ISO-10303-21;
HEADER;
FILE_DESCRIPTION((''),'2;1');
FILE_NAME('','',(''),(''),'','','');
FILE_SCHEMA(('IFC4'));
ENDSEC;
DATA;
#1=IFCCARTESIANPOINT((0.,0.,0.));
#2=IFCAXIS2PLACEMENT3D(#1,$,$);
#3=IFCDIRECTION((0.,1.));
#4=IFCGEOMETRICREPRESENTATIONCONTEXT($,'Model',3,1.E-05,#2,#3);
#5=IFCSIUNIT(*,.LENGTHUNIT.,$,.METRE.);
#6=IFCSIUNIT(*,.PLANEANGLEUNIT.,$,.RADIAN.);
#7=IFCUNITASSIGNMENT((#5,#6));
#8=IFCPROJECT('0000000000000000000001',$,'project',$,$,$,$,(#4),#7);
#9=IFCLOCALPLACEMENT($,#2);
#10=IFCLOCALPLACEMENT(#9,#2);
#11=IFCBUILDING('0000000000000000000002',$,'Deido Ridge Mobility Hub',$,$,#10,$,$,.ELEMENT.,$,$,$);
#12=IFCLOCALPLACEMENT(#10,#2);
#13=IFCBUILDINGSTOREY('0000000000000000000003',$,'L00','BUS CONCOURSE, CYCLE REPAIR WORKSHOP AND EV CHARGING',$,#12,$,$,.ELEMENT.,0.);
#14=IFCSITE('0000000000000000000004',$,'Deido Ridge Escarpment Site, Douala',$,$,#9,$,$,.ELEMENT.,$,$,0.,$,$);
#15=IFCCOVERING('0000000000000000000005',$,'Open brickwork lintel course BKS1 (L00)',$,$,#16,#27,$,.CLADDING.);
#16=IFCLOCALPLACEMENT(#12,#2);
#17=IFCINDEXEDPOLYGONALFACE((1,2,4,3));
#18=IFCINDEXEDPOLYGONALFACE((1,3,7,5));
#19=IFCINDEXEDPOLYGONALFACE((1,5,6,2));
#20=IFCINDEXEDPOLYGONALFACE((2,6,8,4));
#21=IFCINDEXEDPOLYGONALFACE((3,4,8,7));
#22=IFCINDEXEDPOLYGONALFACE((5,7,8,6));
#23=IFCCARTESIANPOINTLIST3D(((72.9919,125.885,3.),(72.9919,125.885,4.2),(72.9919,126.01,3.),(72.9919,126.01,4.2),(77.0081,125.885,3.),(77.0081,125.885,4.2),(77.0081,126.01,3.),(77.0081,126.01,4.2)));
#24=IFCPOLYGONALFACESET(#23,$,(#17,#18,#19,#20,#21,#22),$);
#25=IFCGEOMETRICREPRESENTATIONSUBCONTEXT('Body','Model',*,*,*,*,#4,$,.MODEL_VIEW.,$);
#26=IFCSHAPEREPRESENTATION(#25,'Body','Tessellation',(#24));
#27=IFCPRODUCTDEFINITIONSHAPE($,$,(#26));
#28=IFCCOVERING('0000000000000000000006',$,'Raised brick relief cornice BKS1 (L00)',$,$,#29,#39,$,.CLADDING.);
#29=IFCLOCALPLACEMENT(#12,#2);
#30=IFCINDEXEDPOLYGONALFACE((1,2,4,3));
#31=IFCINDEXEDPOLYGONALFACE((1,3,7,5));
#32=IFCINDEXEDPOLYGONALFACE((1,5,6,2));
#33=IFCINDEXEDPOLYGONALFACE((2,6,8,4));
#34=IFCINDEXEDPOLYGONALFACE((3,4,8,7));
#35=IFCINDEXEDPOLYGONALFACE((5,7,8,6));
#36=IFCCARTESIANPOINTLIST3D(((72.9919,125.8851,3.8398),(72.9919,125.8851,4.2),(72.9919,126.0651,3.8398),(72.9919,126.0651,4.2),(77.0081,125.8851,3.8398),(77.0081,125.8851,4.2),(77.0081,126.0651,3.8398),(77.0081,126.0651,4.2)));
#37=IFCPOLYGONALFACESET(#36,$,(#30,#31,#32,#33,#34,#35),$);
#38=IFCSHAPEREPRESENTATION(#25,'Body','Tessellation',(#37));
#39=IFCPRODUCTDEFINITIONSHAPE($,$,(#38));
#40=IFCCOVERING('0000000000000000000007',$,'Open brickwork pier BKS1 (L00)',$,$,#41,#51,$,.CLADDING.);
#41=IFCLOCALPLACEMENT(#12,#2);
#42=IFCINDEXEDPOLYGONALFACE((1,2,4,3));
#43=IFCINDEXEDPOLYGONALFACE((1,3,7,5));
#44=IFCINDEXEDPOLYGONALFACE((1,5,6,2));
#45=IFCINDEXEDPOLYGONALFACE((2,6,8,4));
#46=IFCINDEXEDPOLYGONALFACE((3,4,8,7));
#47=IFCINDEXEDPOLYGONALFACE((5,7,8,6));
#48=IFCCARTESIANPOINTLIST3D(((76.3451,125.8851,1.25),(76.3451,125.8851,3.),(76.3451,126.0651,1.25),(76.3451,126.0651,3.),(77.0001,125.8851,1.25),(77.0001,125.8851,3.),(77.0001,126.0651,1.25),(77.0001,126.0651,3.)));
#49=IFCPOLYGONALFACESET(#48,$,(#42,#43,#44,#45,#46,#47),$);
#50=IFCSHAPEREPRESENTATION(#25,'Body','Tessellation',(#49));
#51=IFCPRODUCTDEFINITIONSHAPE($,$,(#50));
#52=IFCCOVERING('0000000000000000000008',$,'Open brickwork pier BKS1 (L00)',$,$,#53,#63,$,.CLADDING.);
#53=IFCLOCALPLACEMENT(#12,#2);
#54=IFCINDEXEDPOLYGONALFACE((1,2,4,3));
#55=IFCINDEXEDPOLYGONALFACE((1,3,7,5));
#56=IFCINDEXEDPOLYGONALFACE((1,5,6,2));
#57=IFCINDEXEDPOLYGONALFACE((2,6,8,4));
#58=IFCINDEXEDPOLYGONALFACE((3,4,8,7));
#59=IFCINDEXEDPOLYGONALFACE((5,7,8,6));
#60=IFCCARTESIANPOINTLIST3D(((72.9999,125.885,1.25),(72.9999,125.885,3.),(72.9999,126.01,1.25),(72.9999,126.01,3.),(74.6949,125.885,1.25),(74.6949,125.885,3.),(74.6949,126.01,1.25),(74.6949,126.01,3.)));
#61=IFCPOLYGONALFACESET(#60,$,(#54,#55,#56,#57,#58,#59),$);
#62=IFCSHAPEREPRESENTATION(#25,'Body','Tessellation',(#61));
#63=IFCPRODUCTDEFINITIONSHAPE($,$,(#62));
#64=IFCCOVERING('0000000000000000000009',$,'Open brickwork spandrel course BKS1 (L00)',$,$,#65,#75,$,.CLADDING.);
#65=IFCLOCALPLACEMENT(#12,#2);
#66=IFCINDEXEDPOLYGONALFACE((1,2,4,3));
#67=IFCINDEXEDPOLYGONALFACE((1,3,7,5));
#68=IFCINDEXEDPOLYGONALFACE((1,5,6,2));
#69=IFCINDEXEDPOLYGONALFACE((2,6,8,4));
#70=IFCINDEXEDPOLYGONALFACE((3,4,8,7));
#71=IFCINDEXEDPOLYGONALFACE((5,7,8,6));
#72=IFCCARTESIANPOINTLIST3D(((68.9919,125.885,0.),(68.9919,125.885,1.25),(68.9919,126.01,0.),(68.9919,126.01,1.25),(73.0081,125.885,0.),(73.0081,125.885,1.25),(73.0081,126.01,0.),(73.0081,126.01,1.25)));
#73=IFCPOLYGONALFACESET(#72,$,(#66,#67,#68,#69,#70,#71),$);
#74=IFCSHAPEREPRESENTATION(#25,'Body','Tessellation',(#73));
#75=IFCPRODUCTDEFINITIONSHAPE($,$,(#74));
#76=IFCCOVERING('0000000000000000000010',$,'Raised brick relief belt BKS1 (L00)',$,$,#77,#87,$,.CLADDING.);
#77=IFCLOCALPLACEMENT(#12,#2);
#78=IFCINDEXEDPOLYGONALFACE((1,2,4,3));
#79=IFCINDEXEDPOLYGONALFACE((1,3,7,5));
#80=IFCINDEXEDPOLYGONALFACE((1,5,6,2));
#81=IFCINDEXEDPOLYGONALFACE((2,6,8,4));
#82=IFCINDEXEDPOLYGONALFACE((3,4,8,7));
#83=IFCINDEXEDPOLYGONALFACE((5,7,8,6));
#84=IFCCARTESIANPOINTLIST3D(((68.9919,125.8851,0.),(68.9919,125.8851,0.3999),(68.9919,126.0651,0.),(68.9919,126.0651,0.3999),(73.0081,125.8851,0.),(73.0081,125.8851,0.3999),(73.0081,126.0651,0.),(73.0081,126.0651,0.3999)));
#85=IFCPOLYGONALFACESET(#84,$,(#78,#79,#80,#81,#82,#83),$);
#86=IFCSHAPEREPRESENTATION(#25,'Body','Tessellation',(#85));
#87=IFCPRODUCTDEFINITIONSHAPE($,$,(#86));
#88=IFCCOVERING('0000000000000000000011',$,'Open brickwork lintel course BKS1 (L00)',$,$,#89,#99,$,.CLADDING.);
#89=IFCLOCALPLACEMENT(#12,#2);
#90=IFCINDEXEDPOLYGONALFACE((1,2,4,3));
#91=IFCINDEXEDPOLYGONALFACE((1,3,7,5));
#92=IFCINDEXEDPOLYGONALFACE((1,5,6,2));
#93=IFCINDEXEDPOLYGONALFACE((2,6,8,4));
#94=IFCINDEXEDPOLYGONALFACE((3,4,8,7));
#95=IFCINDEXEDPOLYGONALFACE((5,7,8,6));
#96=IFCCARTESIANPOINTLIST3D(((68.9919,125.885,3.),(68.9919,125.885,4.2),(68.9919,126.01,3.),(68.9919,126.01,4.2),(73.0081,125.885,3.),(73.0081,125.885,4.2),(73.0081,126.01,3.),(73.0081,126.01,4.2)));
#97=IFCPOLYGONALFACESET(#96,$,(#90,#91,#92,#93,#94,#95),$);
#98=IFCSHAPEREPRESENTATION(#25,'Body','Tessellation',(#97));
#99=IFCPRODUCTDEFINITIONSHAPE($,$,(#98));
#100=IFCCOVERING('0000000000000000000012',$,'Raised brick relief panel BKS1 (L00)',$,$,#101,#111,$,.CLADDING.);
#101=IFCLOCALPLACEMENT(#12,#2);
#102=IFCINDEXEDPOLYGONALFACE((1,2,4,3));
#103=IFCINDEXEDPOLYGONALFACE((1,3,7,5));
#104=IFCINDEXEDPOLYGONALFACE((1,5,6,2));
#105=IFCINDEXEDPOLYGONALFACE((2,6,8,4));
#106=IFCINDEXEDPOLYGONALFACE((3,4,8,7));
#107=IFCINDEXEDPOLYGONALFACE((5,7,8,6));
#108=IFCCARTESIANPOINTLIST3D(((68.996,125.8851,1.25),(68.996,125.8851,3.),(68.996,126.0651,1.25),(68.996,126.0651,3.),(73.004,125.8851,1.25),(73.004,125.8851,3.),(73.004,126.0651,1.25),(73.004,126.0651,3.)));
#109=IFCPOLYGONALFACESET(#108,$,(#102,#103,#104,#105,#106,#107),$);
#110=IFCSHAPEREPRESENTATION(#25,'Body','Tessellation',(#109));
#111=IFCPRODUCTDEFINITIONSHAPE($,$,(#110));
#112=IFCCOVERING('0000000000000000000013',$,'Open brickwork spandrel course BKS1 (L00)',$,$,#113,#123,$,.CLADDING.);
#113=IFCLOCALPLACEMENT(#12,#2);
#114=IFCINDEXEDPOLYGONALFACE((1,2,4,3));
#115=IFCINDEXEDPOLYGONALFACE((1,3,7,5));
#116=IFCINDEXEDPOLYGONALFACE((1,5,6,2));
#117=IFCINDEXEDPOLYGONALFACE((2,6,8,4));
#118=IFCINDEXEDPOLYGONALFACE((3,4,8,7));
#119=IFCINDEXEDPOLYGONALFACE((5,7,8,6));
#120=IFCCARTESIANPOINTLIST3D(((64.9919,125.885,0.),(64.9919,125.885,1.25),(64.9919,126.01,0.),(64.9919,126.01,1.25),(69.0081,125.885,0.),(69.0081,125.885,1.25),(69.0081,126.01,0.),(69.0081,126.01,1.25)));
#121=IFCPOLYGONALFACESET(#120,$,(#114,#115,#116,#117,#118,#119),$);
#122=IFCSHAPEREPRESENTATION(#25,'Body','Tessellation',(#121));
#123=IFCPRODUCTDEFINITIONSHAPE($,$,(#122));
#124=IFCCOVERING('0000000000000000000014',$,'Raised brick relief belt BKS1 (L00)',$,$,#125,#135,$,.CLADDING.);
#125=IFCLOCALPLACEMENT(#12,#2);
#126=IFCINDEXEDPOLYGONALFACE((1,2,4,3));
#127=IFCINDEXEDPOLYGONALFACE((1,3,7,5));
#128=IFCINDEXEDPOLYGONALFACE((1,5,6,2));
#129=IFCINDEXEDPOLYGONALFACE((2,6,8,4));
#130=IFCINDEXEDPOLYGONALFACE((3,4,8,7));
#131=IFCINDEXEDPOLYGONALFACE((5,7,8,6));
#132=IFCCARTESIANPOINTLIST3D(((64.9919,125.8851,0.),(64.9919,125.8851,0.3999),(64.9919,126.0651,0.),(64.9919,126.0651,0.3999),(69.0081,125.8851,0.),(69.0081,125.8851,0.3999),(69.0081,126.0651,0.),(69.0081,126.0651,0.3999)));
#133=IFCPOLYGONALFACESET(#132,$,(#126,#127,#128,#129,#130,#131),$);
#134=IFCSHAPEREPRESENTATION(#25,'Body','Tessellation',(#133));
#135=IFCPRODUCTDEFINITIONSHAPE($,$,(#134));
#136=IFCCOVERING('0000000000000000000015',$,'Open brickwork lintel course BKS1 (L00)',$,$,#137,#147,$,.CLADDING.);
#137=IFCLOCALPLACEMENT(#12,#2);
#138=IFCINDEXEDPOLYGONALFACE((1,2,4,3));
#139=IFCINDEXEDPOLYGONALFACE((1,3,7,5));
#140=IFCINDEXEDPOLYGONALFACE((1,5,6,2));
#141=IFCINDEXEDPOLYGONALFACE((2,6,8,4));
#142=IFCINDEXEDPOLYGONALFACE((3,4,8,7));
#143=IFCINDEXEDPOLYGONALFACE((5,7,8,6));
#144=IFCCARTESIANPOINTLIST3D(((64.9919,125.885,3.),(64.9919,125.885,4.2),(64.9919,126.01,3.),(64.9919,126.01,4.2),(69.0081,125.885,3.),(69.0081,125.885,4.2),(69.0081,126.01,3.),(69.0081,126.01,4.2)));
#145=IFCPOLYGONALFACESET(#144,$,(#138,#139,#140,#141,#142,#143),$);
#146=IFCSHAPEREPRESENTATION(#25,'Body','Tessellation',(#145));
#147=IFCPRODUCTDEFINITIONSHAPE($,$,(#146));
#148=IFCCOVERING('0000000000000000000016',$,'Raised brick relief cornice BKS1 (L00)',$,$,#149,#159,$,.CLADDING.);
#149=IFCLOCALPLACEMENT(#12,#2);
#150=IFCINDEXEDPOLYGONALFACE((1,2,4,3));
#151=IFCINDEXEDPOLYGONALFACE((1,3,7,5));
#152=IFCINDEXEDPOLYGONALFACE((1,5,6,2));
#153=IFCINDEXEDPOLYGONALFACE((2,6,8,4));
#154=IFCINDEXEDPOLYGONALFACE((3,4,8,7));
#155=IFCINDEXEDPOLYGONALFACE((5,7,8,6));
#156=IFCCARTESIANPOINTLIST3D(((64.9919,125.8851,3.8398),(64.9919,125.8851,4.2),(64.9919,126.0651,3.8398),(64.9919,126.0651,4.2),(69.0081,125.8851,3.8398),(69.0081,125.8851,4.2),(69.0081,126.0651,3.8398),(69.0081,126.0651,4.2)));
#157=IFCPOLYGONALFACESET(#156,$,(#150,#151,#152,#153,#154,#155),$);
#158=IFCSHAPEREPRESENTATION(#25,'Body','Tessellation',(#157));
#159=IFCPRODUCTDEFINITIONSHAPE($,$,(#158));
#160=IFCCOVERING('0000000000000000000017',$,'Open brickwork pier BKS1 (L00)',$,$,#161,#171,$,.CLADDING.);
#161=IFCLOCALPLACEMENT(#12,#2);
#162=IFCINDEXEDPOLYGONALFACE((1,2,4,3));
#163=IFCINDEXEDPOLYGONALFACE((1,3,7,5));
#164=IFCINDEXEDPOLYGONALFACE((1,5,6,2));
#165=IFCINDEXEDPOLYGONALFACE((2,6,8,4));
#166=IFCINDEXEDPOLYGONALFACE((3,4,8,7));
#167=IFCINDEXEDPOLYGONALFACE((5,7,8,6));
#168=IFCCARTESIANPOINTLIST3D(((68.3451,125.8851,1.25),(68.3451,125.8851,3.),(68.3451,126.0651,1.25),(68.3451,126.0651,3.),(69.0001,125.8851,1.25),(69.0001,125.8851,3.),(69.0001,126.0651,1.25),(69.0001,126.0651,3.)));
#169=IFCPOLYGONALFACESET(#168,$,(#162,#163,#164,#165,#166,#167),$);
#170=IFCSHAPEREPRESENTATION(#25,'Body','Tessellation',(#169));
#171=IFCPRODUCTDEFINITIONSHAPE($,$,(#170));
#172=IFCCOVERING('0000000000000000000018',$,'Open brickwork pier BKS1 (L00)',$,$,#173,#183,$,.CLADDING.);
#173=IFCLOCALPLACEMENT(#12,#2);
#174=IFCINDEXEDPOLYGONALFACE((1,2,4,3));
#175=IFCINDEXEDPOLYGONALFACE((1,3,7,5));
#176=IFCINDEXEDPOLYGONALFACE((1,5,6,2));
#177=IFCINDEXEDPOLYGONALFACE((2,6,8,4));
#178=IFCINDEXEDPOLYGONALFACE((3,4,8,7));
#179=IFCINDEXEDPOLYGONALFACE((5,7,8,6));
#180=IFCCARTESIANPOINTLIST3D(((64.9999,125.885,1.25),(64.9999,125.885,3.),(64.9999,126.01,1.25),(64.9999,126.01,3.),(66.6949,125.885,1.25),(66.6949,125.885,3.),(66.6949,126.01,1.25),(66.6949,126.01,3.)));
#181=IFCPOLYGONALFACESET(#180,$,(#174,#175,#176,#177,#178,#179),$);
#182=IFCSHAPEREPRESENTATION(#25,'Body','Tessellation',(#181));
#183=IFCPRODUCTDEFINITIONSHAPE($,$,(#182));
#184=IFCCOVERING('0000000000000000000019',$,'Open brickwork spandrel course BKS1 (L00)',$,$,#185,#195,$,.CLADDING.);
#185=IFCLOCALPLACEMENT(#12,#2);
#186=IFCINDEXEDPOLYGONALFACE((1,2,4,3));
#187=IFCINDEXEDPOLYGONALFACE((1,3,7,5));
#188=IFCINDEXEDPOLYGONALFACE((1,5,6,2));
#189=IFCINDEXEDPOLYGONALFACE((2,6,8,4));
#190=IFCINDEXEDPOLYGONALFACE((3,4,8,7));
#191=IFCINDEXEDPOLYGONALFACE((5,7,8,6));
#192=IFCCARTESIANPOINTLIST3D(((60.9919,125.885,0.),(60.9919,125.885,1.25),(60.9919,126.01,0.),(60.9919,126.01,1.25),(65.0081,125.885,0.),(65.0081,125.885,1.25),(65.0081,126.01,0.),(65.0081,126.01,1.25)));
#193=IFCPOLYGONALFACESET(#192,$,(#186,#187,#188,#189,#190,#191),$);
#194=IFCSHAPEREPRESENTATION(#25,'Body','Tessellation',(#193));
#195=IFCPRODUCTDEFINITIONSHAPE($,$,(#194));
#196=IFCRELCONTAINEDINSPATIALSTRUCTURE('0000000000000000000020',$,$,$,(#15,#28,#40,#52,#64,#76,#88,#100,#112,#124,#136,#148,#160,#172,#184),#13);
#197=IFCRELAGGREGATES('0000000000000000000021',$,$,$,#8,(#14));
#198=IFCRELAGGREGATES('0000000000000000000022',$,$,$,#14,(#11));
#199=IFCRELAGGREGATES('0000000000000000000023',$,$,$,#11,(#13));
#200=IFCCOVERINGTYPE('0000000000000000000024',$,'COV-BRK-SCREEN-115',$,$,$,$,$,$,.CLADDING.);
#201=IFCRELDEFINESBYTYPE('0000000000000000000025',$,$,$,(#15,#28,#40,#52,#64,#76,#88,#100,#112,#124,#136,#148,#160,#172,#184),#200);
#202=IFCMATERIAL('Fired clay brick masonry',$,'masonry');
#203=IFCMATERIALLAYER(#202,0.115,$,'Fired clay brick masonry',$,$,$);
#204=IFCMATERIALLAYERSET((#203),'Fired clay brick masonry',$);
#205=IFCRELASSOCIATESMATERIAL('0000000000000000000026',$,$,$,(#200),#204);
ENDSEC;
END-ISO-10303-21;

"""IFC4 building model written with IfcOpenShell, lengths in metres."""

from ifc_helpers import new_model, si_unit, direction, frame, origin, origin_2d, place, context, subcontext, project, spatial, rectangle, extrude, material, layer, layer_set, type_object, element, save


model = new_model("IFC4")

# Units and contexts
model_context = context("Model", 3, precision=1e-05, world=origin(), true_north=direction((0.0, 1.0)))
body_context = subcontext(model_context, "Body", "Model", "MODEL_VIEW")
ifc_project = project(units=[si_unit("LENGTHUNIT", "METRE"), si_unit("PLANEANGLEUNIT", "RADIAN")], contexts=[model_context])

# Site, building, storey
site_placement = place(None, origin())
site = spatial("IfcSite", under=ifc_project, at=site_placement, Name="Deido Ridge Escarpment Site, Douala", CompositionType="ELEMENT", RefElevation=0.0)
building_placement = place(site_placement, origin())
building = spatial("IfcBuilding", under=site, at=building_placement, Name="Deido Ridge Mobility Hub", CompositionType="ELEMENT")
storey_placement = place(building_placement, origin())
storey = spatial("IfcBuildingStorey", under=building, at=storey_placement, Name="L00", Description="BUS CONCOURSE, CYCLE REPAIR WORKSHOP AND EV CHARGING", CompositionType="ELEMENT", Elevation=0.0)

# Coverings
ifc_material_1 = material(Name="Fired clay brick masonry", Category="masonry")
ifc_layer = layer(ifc_material_1, 0.115, Name="Fired clay brick masonry")
ifc_layer_set = layer_set([ifc_layer], Name="Fired clay brick masonry")
covering_type = type_object("IfcCoveringType", Name="COV-BRK-SCREEN-115", PredefinedType="CLADDING", material=ifc_layer_set)
covering_1_placement = place(storey_placement, frame((75.0, 125.9475, 3.0), z_axis=(0.0, 0.0, 1.0), x_axis=(-1.0, 0.0, 0.0)))
element("IfcCovering", 1, at=covering_1_placement, inside=storey, type_object=covering_type, Name="Open brickwork lintel course BKS1 (L00)", PredefinedType="CLADDING", context=body_context, shape_type="SweptSolid", body=[
    extrude(rectangle(XDim=4.0161, YDim=0.125, at=origin_2d()), origin(), (0.0, 0.0, 1.0), 1.2),
])
covering_2_placement = place(storey_placement, frame((75.0, 125.9751, 3.8398), z_axis=(0.0, 0.0, 1.0), x_axis=(-1.0, 0.0, 0.0)))
element("IfcCovering", 2, at=covering_2_placement, inside=storey, type_object=covering_type, Name="Raised brick relief cornice BKS1 (L00)", PredefinedType="CLADDING", context=body_context, shape_type="SweptSolid", body=[
    extrude(rectangle(XDim=4.0161, YDim=0.1799, at=origin_2d()), origin(), (0.0, 0.0, 1.0), 0.3601),
])
covering_3_placement = place(storey_placement, frame((76.6726, 125.9751, 1.25), z_axis=(0.0, 0.0, 1.0), x_axis=(-1.0, 0.0, 0.0)))
element("IfcCovering", 3, at=covering_3_placement, inside=storey, type_object=covering_type, Name="Open brickwork pier BKS1 (L00)", PredefinedType="CLADDING", context=body_context, shape_type="SweptSolid", body=[
    extrude(rectangle(XDim=0.655, YDim=0.1799, at=origin_2d()), origin(), (0.0, 0.0, 1.0), 1.75),
])
covering_4_placement = place(storey_placement, frame((73.8474, 125.9475, 1.25), z_axis=(0.0, 0.0, 1.0), x_axis=(-1.0, 0.0, 0.0)))
element("IfcCovering", 4, at=covering_4_placement, inside=storey, type_object=covering_type, Name="Open brickwork pier BKS1 (L00)", PredefinedType="CLADDING", context=body_context, shape_type="SweptSolid", body=[
    extrude(rectangle(XDim=1.6951, YDim=0.125, at=origin_2d()), origin(), (0.0, 0.0, 1.0), 1.75),
])
covering_5_placement = place(storey_placement, frame((71.0, 125.9475, 0.0), z_axis=(0.0, 0.0, 1.0), x_axis=(-1.0, 0.0, 0.0)))
element("IfcCovering", 5, at=covering_5_placement, inside=storey, type_object=covering_type, Name="Open brickwork spandrel course BKS1 (L00)", PredefinedType="CLADDING", context=body_context, shape_type="SweptSolid", body=[
    extrude(rectangle(XDim=4.0161, YDim=0.125, at=origin_2d()), origin(), (0.0, 0.0, 1.0), 1.25),
])
covering_6_placement = place(storey_placement, frame((71.0, 125.9751, 0.0), z_axis=(0.0, 0.0, 1.0), x_axis=(-1.0, 0.0, 0.0)))
element("IfcCovering", 6, at=covering_6_placement, inside=storey, type_object=covering_type, Name="Raised brick relief belt BKS1 (L00)", PredefinedType="CLADDING", context=body_context, shape_type="SweptSolid", body=[
    extrude(rectangle(XDim=4.0161, YDim=0.1799, at=origin_2d()), origin(), (0.0, 0.0, 1.0), 0.3999),
])
covering_7_placement = place(storey_placement, frame((71.0, 125.9475, 3.0), z_axis=(0.0, 0.0, 1.0), x_axis=(-1.0, 0.0, 0.0)))
element("IfcCovering", 7, at=covering_7_placement, inside=storey, type_object=covering_type, Name="Open brickwork lintel course BKS1 (L00)", PredefinedType="CLADDING", context=body_context, shape_type="SweptSolid", body=[
    extrude(rectangle(XDim=4.0161, YDim=0.125, at=origin_2d()), origin(), (0.0, 0.0, 1.0), 1.2),
])
covering_8_placement = place(storey_placement, frame((71.0, 125.9751, 1.25), z_axis=(0.0, 0.0, 1.0), x_axis=(-1.0, 0.0, 0.0)))
element("IfcCovering", 8, at=covering_8_placement, inside=storey, type_object=covering_type, Name="Raised brick relief panel BKS1 (L00)", PredefinedType="CLADDING", context=body_context, shape_type="SweptSolid", body=[
    extrude(rectangle(XDim=4.0081, YDim=0.1799, at=origin_2d()), origin(), (0.0, 0.0, 1.0), 1.75),
])
covering_9_placement = place(storey_placement, frame((67.0, 125.9475, 0.0), z_axis=(0.0, 0.0, 1.0), x_axis=(-1.0, 0.0, 0.0)))
element("IfcCovering", 9, at=covering_9_placement, inside=storey, type_object=covering_type, Name="Open brickwork spandrel course BKS1 (L00)", PredefinedType="CLADDING", context=body_context, shape_type="SweptSolid", body=[
    extrude(rectangle(XDim=4.0161, YDim=0.125, at=origin_2d()), origin(), (0.0, 0.0, 1.0), 1.25),
])
covering_10_placement = place(storey_placement, frame((67.0, 125.9751, 0.0), z_axis=(0.0, 0.0, 1.0), x_axis=(-1.0, 0.0, 0.0)))
element("IfcCovering", 10, at=covering_10_placement, inside=storey, type_object=covering_type, Name="Raised brick relief belt BKS1 (L00)", PredefinedType="CLADDING", context=body_context, shape_type="SweptSolid", body=[
    extrude(rectangle(XDim=4.0161, YDim=0.1799, at=origin_2d()), origin(), (0.0, 0.0, 1.0), 0.3999),
])
covering_11_placement = place(storey_placement, frame((67.0, 125.9475, 3.0), z_axis=(0.0, 0.0, 1.0), x_axis=(-1.0, 0.0, 0.0)))
element("IfcCovering", 11, at=covering_11_placement, inside=storey, type_object=covering_type, Name="Open brickwork lintel course BKS1 (L00)", PredefinedType="CLADDING", context=body_context, shape_type="SweptSolid", body=[
    extrude(rectangle(XDim=4.0161, YDim=0.125, at=origin_2d()), origin(), (0.0, 0.0, 1.0), 1.2),
])
covering_12_placement = place(storey_placement, frame((67.0, 125.9751, 3.8398), z_axis=(0.0, 0.0, 1.0), x_axis=(-1.0, 0.0, 0.0)))
element("IfcCovering", 12, at=covering_12_placement, inside=storey, type_object=covering_type, Name="Raised brick relief cornice BKS1 (L00)", PredefinedType="CLADDING", context=body_context, shape_type="SweptSolid", body=[
    extrude(rectangle(XDim=4.0161, YDim=0.1799, at=origin_2d()), origin(), (0.0, 0.0, 1.0), 0.3601),
])
covering_13_placement = place(storey_placement, frame((68.6726, 125.9751, 1.25), z_axis=(0.0, 0.0, 1.0), x_axis=(-1.0, 0.0, 0.0)))
element("IfcCovering", 13, at=covering_13_placement, inside=storey, type_object=covering_type, Name="Open brickwork pier BKS1 (L00)", PredefinedType="CLADDING", context=body_context, shape_type="SweptSolid", body=[
    extrude(rectangle(XDim=0.655, YDim=0.1799, at=origin_2d()), origin(), (0.0, 0.0, 1.0), 1.75),
])
covering_14_placement = place(storey_placement, frame((65.8474, 125.9475, 1.25), z_axis=(0.0, 0.0, 1.0), x_axis=(-1.0, 0.0, 0.0)))
element("IfcCovering", 14, at=covering_14_placement, inside=storey, type_object=covering_type, Name="Open brickwork pier BKS1 (L00)", PredefinedType="CLADDING", context=body_context, shape_type="SweptSolid", body=[
    extrude(rectangle(XDim=1.6951, YDim=0.125, at=origin_2d()), origin(), (0.0, 0.0, 1.0), 1.75),
])
covering_15_placement = place(storey_placement, frame((63.0, 125.9475, 0.0), z_axis=(0.0, 0.0, 1.0), x_axis=(-1.0, 0.0, 0.0)))
element("IfcCovering", 15, at=covering_15_placement, inside=storey, type_object=covering_type, Name="Open brickwork spandrel course BKS1 (L00)", PredefinedType="CLADDING", context=body_context, shape_type="SweptSolid", body=[
    extrude(rectangle(XDim=4.0161, YDim=0.125, at=origin_2d()), origin(), (0.0, 0.0, 1.0), 1.25),
])

save(model, "model.ifc")
